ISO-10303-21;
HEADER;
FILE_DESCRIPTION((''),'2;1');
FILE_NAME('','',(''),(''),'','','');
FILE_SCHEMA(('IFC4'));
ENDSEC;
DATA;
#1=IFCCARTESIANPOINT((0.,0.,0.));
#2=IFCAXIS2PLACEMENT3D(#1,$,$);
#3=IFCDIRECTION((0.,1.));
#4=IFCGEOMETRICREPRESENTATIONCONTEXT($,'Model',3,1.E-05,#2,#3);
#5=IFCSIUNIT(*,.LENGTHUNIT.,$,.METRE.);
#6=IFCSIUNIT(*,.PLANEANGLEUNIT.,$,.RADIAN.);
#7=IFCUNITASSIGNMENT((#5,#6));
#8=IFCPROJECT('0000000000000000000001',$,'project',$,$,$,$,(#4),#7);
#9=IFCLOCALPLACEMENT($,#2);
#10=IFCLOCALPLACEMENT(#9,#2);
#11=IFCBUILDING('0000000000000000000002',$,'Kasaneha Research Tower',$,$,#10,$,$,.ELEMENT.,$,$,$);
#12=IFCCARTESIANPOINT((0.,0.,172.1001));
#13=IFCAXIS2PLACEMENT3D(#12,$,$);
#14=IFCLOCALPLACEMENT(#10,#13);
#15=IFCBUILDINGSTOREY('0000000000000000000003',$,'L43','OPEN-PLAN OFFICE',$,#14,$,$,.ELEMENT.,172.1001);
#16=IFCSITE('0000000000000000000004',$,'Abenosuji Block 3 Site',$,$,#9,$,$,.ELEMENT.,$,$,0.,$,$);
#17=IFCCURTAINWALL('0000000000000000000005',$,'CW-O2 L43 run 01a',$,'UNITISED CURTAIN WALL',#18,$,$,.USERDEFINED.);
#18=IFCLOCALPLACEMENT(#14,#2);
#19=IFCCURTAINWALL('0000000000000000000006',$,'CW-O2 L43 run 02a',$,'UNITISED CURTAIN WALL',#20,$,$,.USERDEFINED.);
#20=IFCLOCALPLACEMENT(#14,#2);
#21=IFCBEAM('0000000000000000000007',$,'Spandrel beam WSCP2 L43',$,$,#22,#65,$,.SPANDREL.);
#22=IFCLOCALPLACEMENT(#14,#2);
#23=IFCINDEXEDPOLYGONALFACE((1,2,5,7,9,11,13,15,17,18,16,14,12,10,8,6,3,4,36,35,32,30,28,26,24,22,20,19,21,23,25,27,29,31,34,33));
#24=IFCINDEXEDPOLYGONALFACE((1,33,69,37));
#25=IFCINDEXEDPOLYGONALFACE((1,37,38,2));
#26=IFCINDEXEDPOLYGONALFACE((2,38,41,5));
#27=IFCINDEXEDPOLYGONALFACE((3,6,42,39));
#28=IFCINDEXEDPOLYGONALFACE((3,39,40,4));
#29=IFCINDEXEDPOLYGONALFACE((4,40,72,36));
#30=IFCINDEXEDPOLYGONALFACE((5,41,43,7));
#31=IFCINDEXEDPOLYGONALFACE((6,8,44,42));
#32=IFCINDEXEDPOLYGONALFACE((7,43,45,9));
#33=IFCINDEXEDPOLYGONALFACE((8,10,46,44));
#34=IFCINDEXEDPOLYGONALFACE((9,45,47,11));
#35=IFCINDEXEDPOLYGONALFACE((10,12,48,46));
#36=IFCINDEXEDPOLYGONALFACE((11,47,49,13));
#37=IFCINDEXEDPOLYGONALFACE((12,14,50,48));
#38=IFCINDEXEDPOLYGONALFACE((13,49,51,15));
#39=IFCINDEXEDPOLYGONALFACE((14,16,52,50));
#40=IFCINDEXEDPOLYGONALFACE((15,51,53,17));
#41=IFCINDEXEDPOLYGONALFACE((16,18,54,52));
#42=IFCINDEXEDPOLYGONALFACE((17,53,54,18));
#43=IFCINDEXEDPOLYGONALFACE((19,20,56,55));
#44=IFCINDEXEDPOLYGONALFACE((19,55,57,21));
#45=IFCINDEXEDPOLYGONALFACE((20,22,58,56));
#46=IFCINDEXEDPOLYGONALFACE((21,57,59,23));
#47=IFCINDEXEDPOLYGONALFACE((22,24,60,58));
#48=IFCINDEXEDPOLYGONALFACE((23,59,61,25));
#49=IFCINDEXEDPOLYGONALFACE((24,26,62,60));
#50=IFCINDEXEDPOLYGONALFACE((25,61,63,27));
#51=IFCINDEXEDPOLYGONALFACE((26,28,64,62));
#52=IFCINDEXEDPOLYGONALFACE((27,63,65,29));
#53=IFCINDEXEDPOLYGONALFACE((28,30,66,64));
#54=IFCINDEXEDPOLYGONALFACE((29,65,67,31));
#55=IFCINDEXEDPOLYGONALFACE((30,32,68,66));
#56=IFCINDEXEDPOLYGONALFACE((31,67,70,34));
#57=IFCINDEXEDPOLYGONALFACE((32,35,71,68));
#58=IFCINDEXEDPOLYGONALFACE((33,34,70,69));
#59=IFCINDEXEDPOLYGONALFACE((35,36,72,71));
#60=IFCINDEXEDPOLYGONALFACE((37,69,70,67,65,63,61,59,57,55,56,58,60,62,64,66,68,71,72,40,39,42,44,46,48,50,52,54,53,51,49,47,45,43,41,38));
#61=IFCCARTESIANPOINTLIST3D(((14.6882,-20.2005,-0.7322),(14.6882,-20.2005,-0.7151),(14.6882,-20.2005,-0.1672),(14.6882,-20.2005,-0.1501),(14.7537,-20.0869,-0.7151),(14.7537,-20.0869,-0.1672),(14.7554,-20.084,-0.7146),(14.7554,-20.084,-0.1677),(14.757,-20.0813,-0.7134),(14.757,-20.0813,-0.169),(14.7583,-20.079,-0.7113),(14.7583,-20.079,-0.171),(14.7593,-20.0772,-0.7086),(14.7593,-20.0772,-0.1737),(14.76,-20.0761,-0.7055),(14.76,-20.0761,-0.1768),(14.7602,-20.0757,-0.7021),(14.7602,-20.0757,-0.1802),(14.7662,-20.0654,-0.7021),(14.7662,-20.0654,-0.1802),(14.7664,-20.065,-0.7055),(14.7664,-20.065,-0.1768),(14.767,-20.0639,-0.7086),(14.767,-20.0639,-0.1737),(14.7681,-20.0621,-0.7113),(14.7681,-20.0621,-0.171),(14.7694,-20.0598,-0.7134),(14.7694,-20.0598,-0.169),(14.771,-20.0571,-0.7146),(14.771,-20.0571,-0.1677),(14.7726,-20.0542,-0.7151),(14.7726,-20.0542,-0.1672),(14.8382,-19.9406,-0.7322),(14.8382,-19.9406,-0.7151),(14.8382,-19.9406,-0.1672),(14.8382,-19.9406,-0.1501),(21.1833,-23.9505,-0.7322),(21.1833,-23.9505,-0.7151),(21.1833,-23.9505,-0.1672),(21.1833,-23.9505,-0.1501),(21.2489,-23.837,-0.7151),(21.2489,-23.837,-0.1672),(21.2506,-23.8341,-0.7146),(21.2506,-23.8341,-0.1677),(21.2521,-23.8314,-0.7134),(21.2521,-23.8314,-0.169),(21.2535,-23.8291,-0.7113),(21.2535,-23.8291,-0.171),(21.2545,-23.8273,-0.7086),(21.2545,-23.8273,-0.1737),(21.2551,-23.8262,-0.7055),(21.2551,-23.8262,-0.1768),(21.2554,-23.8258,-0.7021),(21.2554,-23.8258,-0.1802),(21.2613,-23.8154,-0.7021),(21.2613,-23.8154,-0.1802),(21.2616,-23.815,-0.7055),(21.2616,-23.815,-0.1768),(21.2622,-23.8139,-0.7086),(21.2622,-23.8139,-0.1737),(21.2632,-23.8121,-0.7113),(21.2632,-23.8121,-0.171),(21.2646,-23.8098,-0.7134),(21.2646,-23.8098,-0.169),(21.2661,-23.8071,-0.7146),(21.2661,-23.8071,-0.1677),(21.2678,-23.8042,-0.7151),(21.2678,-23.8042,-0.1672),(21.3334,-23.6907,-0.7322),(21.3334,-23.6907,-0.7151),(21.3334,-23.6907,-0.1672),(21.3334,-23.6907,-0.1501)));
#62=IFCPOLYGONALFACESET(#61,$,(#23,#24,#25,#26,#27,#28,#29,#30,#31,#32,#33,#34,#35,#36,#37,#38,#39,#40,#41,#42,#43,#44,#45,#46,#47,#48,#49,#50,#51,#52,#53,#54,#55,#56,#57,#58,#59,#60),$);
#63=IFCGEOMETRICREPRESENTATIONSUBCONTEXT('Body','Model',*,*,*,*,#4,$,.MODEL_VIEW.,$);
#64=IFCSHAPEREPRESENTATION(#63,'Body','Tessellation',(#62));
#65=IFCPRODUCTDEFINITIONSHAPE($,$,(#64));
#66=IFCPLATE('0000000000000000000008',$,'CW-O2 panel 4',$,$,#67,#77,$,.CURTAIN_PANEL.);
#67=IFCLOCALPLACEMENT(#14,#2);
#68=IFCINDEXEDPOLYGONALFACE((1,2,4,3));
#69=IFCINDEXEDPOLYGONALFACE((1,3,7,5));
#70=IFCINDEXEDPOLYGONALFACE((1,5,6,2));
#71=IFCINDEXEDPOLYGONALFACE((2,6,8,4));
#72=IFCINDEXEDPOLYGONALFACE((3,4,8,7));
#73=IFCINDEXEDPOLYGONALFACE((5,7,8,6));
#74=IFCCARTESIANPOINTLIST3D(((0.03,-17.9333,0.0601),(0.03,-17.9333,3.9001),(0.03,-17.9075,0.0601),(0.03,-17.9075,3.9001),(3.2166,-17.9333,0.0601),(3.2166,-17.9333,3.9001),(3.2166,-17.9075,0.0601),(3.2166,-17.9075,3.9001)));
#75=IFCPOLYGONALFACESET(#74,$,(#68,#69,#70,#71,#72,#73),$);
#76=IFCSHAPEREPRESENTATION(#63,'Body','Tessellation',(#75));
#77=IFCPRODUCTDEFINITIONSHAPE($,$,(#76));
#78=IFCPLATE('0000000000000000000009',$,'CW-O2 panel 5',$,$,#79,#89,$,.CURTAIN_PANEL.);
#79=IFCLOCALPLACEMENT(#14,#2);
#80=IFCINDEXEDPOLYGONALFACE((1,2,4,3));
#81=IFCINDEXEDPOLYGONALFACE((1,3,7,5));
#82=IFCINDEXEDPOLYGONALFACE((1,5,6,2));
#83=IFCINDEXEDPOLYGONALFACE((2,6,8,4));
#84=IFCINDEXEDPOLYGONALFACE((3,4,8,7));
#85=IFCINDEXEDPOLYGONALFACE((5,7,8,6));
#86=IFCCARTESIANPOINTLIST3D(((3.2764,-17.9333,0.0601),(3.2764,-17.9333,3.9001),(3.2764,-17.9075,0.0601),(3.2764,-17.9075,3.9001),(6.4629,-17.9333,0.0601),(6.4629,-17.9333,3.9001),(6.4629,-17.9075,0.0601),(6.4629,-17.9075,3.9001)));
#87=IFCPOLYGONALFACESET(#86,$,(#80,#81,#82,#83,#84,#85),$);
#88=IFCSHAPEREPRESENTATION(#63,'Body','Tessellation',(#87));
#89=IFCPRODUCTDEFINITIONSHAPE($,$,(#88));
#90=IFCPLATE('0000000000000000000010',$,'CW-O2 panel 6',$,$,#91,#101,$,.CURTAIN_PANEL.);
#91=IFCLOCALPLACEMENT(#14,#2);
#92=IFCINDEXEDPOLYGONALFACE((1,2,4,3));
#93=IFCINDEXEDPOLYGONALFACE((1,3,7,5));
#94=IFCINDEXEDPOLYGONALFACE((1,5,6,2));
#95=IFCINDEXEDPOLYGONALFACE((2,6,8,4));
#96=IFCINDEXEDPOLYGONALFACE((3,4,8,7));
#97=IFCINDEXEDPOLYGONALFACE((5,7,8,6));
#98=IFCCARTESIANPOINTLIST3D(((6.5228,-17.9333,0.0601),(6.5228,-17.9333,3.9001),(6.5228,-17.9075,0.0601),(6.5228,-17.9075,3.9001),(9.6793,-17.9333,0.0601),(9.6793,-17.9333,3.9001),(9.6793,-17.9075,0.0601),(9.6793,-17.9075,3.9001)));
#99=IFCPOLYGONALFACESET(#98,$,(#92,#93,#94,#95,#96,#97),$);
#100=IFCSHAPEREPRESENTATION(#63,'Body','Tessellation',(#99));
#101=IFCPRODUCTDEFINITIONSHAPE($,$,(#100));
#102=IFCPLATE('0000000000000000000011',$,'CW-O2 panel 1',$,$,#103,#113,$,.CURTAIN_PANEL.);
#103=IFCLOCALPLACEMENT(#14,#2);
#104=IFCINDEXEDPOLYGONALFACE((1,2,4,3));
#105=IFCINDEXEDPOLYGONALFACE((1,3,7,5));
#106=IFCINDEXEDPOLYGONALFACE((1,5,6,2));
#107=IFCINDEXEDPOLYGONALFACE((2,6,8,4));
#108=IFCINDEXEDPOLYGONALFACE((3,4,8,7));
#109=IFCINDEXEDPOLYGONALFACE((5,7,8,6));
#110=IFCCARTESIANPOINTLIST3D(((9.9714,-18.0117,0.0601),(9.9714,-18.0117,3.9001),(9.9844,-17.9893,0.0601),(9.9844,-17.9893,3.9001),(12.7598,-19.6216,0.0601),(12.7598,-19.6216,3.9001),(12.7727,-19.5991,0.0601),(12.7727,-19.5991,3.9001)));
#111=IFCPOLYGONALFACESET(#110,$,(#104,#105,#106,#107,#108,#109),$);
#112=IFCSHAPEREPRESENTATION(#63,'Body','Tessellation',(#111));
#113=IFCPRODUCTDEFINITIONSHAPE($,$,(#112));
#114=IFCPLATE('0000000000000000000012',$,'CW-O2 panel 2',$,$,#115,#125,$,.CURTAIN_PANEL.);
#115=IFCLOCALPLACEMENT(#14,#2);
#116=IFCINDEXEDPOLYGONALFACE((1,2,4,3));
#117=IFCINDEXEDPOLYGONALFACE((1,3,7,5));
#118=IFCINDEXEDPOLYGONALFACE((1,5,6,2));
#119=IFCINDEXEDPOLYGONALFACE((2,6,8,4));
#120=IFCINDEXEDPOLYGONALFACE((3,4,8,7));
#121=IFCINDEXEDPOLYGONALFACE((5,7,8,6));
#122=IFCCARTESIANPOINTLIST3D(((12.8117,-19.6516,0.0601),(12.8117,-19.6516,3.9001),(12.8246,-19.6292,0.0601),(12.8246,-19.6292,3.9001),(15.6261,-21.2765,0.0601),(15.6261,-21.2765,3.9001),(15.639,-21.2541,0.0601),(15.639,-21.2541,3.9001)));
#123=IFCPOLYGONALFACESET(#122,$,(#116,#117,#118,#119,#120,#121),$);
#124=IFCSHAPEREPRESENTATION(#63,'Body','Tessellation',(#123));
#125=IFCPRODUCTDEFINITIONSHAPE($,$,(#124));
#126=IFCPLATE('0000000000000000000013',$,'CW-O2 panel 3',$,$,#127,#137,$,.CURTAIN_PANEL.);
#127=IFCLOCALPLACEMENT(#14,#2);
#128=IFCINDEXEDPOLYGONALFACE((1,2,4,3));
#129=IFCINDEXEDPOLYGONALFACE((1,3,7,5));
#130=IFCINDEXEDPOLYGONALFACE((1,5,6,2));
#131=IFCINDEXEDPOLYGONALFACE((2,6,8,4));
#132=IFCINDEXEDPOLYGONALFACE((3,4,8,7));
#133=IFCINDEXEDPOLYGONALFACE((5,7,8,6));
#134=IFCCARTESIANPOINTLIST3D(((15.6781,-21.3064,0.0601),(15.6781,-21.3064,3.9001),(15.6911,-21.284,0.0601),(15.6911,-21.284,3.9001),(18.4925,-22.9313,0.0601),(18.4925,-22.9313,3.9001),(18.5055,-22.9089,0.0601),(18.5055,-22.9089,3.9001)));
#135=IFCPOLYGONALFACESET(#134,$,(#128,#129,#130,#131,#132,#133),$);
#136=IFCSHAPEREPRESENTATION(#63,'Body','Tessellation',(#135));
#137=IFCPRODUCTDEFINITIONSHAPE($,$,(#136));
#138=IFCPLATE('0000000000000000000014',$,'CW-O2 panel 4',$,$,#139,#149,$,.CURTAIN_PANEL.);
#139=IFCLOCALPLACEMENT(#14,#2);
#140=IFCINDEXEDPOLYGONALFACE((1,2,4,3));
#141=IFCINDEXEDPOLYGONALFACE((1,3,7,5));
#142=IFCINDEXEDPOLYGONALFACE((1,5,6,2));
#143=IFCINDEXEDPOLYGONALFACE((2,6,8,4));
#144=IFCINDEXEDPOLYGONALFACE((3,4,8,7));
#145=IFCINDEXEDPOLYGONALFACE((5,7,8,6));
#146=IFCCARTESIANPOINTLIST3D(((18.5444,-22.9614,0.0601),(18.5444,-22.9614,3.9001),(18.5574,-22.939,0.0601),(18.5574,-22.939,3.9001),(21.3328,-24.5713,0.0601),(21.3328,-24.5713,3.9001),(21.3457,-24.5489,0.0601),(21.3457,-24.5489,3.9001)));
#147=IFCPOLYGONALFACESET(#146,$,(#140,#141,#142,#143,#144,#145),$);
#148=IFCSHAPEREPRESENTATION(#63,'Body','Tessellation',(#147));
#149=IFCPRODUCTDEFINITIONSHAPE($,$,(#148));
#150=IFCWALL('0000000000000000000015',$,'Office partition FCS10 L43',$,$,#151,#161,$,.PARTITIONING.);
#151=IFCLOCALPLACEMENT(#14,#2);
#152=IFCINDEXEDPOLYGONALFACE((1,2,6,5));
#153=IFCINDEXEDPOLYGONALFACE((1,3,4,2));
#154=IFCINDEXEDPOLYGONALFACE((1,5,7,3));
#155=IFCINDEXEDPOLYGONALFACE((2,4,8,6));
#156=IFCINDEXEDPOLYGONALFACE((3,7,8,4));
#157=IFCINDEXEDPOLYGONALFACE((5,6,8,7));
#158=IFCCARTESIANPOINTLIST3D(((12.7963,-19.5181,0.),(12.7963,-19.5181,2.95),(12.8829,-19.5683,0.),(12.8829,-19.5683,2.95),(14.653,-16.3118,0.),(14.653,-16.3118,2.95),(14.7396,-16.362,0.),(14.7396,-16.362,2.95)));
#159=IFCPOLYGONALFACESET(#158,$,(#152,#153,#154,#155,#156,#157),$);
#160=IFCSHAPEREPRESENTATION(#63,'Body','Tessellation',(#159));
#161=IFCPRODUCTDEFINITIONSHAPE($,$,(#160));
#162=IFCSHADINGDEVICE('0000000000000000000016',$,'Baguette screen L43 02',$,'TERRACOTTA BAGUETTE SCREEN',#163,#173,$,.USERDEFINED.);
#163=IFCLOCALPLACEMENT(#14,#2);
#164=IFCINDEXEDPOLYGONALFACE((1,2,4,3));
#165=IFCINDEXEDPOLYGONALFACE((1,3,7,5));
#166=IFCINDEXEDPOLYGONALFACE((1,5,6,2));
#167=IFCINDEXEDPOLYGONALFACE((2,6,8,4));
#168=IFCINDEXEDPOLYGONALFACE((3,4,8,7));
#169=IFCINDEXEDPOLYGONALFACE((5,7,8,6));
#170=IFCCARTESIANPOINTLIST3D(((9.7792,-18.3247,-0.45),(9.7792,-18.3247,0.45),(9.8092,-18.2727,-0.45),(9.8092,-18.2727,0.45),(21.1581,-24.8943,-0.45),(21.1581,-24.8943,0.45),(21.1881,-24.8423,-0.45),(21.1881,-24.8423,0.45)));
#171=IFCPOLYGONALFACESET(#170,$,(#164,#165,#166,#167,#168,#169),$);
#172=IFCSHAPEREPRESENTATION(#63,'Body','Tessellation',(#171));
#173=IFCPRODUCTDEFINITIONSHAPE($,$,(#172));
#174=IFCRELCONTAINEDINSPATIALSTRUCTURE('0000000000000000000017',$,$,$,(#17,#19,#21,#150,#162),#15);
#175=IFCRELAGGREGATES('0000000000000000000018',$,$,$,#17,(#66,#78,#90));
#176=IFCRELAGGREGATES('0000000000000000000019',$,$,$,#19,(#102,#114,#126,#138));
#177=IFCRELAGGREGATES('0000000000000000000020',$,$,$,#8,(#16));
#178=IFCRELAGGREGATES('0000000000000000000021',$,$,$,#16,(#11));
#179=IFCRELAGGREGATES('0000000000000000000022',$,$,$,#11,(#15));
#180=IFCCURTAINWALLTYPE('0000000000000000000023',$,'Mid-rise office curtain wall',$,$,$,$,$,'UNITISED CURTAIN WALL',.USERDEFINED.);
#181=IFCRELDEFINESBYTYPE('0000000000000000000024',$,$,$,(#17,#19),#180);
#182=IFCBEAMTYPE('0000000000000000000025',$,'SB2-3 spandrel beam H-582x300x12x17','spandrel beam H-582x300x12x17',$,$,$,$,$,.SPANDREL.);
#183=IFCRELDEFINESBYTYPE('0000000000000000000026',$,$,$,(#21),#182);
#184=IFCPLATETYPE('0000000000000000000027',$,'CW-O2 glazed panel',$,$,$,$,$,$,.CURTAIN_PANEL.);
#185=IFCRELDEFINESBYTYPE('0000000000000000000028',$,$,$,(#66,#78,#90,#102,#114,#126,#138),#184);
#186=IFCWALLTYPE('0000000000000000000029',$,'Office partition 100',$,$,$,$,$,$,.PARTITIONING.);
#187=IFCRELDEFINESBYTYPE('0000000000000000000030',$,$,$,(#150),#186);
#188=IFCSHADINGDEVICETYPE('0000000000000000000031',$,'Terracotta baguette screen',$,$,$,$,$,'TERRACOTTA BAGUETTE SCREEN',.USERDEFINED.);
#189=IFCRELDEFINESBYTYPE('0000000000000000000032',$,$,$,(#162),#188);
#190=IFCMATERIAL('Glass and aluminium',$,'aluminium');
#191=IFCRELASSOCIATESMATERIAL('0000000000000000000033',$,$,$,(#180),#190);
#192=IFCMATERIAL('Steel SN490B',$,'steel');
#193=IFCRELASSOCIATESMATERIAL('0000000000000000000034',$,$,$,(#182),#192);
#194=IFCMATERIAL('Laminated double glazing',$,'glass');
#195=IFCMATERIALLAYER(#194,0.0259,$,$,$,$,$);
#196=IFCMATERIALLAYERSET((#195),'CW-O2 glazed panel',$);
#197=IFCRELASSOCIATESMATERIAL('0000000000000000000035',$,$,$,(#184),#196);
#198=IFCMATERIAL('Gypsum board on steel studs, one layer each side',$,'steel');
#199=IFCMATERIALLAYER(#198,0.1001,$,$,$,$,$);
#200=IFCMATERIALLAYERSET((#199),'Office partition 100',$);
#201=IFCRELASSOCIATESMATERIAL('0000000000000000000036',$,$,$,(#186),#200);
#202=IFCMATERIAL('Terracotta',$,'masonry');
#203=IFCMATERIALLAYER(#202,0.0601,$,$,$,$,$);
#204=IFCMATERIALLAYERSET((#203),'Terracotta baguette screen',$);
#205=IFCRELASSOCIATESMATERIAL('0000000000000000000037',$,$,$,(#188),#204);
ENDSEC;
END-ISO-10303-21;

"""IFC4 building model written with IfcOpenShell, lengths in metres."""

from ifc_helpers import new_model, si_unit, direction, frame, frame_2d, origin, origin_2d, place, context, subcontext, project, spatial, rectangle, i_section, extrude, material, layer, layer_set, material_profile, profile_set, type_object, element, aggregate, save


model = new_model("IFC4")

# Units and contexts
model_context = context("Model", 3, precision=1e-05, world=origin(), true_north=direction((0.0, 1.0)))
body_context = subcontext(model_context, "Body", "Model", "MODEL_VIEW")
ifc_project = project(units=[si_unit("LENGTHUNIT", "METRE"), si_unit("PLANEANGLEUNIT", "RADIAN")], contexts=[model_context])

# Site, building, storey
site_placement = place(None, origin())
site = spatial("IfcSite", under=ifc_project, at=site_placement, Name="Abenosuji Block 3 Site", CompositionType="ELEMENT", RefElevation=0.0)
building_placement = place(site_placement, origin())
building = spatial("IfcBuilding", under=site, at=building_placement, Name="Kasaneha Research Tower", CompositionType="ELEMENT")
storey_placement = place(building_placement, frame((0.0, 0.0, 172.1001)))
storey = spatial("IfcBuildingStorey", under=building, at=storey_placement, Name="L43", Description="OPEN-PLAN OFFICE", CompositionType="ELEMENT", Elevation=172.1001)

# Curtain walls
ifc_material_1 = material(Name="Glass and aluminium", Category="aluminium")
curtain_wall_type = type_object("IfcCurtainWallType", Name="Mid-rise office curtain wall", ElementType="UNITISED CURTAIN WALL", PredefinedType="USERDEFINED", material=ifc_material_1)
curtain_wall_1_placement = place(storey_placement, origin())
curtain_wall_1 = element("IfcCurtainWall", 1, at=curtain_wall_1_placement, inside=storey, type_object=curtain_wall_type, Name="CW-O2 L43 run 01a", ObjectType="UNITISED CURTAIN WALL", PredefinedType="USERDEFINED")
curtain_wall_2_placement = place(storey_placement, origin())
curtain_wall_2 = element("IfcCurtainWall", 2, at=curtain_wall_2_placement, inside=storey, type_object=curtain_wall_type, Name="CW-O2 L43 run 02a", ObjectType="UNITISED CURTAIN WALL", PredefinedType="USERDEFINED")

# Beam
ifc_material_2 = material(Name="Steel SN490B", Category="steel")
ifc_material_profile_1 = material_profile(ifc_material_2, i_section(OverallWidth=0.3, OverallDepth=0.582, WebThickness=0.012, FlangeThickness=0.0171, FilletRadius=0.0129, at=origin_2d()), Name="H-582x300x12x17")
ifc_profile_set_1 = profile_set([ifc_material_profile_1], Name="Steel SN490B")
beam_type_1 = type_object("IfcBeamType", Name="SB2-3 spandrel beam H-582x300x12x17", Description="spandrel beam H-582x300x12x17", PredefinedType="SPANDREL", material=ifc_profile_set_1)
beam_1_placement = place(storey_placement, frame((14.7632, -20.0706, -0.4412), z_axis=(0.866023, -0.500004, 0.0), x_axis=(0.500004, 0.866023, 0.0)))
element("IfcBeam", 3, at=beam_1_placement, inside=storey, type_object=beam_type_1, Name="Spandrel beam WSCP2 L43", PredefinedType="SPANDREL", context=body_context, shape_type="SweptSolid", body=[
    extrude(i_section(OverallWidth=0.3, OverallDepth=0.582, WebThickness=0.012, FlangeThickness=0.0171, FilletRadius=0.0129, at=origin_2d()), origin(), (0.0, 0.0, 1.0), 7.5),
])

# Plates
ifc_material_3 = material(Name="Laminated double glazing", Category="glass")
ifc_layer_1 = layer(ifc_material_3, 0.0259)
ifc_layer_set_1 = layer_set([ifc_layer_1], Name="CW-O2 glazed panel")
plate_type = type_object("IfcPlateType", Name="CW-O2 glazed panel", PredefinedType="CURTAIN_PANEL", material=ifc_layer_set_1)
plate_1_placement = place(storey_placement, frame((1.6233, -17.9204, 0.0601), z_axis=(0.0, 0.0, 1.0), x_axis=(1.0, 0.0, 0.0)))
plate_1 = element("IfcPlate", 4, at=plate_1_placement, type_object=plate_type, Name="CW-O2 panel 4", PredefinedType="CURTAIN_PANEL", context=body_context, shape_type="SweptSolid", body=[
    extrude(rectangle(XDim=3.1865, YDim=0.0259, at=origin_2d()), origin(), (0.0, 0.0, 1.0), 3.8401),
])
plate_2_placement = place(storey_placement, frame((4.8696, -17.9204, 0.0601), z_axis=(0.0, 0.0, 1.0), x_axis=(1.0, 0.0, 0.0)))
plate_2 = element("IfcPlate", 5, at=plate_2_placement, type_object=plate_type, Name="CW-O2 panel 5", PredefinedType="CURTAIN_PANEL", context=body_context, shape_type="SweptSolid", body=[
    extrude(rectangle(XDim=3.1865, YDim=0.0259, at=origin_2d()), origin(), (0.0, 0.0, 1.0), 3.8401),
])
plate_3_placement = place(storey_placement, frame((8.1011, -17.9204, 0.0601), z_axis=(0.0, 0.0, 1.0), x_axis=(1.0, 0.0, 0.0)))
plate_3 = element("IfcPlate", 6, at=plate_3_placement, type_object=plate_type, Name="CW-O2 panel 6", PredefinedType="CURTAIN_PANEL", context=body_context, shape_type="SweptSolid", body=[
    extrude(rectangle(XDim=3.1565, YDim=0.0259, at=origin_2d()), origin(), (0.0, 0.0, 1.0), 3.8401),
])
aggregate(curtain_wall_1, [plate_1, plate_2, plate_3])
plate_4_placement = place(storey_placement, frame((11.3721, -18.8054, 0.0601), z_axis=(0.0, 0.0, 1.0), x_axis=(0.866025, -0.5, 0.0)))
plate_4 = element("IfcPlate", 7, at=plate_4_placement, type_object=plate_type, Name="CW-O2 panel 1", PredefinedType="CURTAIN_PANEL", context=body_context, shape_type="SweptSolid", body=[
    extrude(rectangle(XDim=3.2197, YDim=0.0259, at=origin_2d()), origin(), (0.0, 0.0, 1.0), 3.8401),
])
plate_5_placement = place(storey_placement, frame((14.2253, -20.4529, 0.0601), z_axis=(0.0, 0.0, 1.0), x_axis=(0.866025, -0.5, 0.0)))
plate_5 = element("IfcPlate", 8, at=plate_5_placement, type_object=plate_type, Name="CW-O2 panel 2", PredefinedType="CURTAIN_PANEL", context=body_context, shape_type="SweptSolid", body=[
    extrude(rectangle(XDim=3.2498, YDim=0.0259, at=origin_2d()), origin(), (0.0, 0.0, 1.0), 3.8401),
])
plate_6_placement = place(storey_placement, frame((17.0918, -22.1077, 0.0601), z_axis=(0.0, 0.0, 1.0), x_axis=(0.866025, -0.5, 0.0)))
plate_6 = element("IfcPlate", 9, at=plate_6_placement, type_object=plate_type, Name="CW-O2 panel 3", PredefinedType="CURTAIN_PANEL", context=body_context, shape_type="SweptSolid", body=[
    extrude(rectangle(XDim=3.2498, YDim=0.0259, at=origin_2d()), origin(), (0.0, 0.0, 1.0), 3.8401),
])
plate_7_placement = place(storey_placement, frame((19.9451, -23.7551, 0.0601), z_axis=(0.0, 0.0, 1.0), x_axis=(0.866025, -0.5, 0.0)))
plate_7 = element("IfcPlate", 10, at=plate_7_placement, type_object=plate_type, Name="CW-O2 panel 4", PredefinedType="CURTAIN_PANEL", context=body_context, shape_type="SweptSolid", body=[
    extrude(rectangle(XDim=3.2197, YDim=0.0259, at=origin_2d()), origin(), (0.0, 0.0, 1.0), 3.8401),
])
aggregate(curtain_wall_2, [plate_4, plate_5, plate_6, plate_7])

# Wall
ifc_material_4 = material(Name="Gypsum board on steel studs, one layer each side", Category="steel")
ifc_layer_2 = layer(ifc_material_4, 0.1001)
ifc_layer_set_2 = layer_set([ifc_layer_2], Name="Office partition 100")
wall_type = type_object("IfcWallType", Name="Office partition 100", PredefinedType="PARTITIONING", material=ifc_layer_set_2)
wall_placement = place(storey_placement, frame((12.8396, -19.5432, 0.0), z_axis=(0.0, 0.0, 1.0), x_axis=(0.501119, 0.865378, 0.0)))
element("IfcWall", 11, at=wall_placement, inside=storey, type_object=wall_type, Name="Office partition FCS10 L43", PredefinedType="PARTITIONING", context=body_context, shape_type="SweptSolid", body=[
    extrude(rectangle(XDim=3.7051, YDim=0.1001, at=frame_2d((1.8525, 0.0))), origin(), (0.0, 0.0, 1.0), 2.95),
])

# Shading device
ifc_material_5 = material(Name="Terracotta", Category="masonry")
ifc_layer_3 = layer(ifc_material_5, 0.0601)
ifc_layer_set_3 = layer_set([ifc_layer_3], Name="Terracotta baguette screen")
shading_device_type = type_object("IfcShadingDeviceType", Name="Terracotta baguette screen", ElementType="TERRACOTTA BAGUETTE SCREEN", PredefinedType="USERDEFINED", material=ifc_layer_set_3)
shading_device_placement = place(storey_placement, frame((15.4836, -21.5835, -0.45), z_axis=(0.0, 0.0, 1.0), x_axis=(0.866025, -0.5, 0.0)))
element("IfcShadingDevice", 12, at=shading_device_placement, inside=storey, type_object=shading_device_type, Name="Baguette screen L43 02", ObjectType="TERRACOTTA BAGUETTE SCREEN", PredefinedType="USERDEFINED", context=body_context, shape_type="SweptSolid", body=[
    extrude(rectangle(XDim=13.1392, YDim=0.0601, at=origin_2d()), origin(), (0.0, 0.0, 1.0), 0.8999),
])

save(model, "model.ifc")
